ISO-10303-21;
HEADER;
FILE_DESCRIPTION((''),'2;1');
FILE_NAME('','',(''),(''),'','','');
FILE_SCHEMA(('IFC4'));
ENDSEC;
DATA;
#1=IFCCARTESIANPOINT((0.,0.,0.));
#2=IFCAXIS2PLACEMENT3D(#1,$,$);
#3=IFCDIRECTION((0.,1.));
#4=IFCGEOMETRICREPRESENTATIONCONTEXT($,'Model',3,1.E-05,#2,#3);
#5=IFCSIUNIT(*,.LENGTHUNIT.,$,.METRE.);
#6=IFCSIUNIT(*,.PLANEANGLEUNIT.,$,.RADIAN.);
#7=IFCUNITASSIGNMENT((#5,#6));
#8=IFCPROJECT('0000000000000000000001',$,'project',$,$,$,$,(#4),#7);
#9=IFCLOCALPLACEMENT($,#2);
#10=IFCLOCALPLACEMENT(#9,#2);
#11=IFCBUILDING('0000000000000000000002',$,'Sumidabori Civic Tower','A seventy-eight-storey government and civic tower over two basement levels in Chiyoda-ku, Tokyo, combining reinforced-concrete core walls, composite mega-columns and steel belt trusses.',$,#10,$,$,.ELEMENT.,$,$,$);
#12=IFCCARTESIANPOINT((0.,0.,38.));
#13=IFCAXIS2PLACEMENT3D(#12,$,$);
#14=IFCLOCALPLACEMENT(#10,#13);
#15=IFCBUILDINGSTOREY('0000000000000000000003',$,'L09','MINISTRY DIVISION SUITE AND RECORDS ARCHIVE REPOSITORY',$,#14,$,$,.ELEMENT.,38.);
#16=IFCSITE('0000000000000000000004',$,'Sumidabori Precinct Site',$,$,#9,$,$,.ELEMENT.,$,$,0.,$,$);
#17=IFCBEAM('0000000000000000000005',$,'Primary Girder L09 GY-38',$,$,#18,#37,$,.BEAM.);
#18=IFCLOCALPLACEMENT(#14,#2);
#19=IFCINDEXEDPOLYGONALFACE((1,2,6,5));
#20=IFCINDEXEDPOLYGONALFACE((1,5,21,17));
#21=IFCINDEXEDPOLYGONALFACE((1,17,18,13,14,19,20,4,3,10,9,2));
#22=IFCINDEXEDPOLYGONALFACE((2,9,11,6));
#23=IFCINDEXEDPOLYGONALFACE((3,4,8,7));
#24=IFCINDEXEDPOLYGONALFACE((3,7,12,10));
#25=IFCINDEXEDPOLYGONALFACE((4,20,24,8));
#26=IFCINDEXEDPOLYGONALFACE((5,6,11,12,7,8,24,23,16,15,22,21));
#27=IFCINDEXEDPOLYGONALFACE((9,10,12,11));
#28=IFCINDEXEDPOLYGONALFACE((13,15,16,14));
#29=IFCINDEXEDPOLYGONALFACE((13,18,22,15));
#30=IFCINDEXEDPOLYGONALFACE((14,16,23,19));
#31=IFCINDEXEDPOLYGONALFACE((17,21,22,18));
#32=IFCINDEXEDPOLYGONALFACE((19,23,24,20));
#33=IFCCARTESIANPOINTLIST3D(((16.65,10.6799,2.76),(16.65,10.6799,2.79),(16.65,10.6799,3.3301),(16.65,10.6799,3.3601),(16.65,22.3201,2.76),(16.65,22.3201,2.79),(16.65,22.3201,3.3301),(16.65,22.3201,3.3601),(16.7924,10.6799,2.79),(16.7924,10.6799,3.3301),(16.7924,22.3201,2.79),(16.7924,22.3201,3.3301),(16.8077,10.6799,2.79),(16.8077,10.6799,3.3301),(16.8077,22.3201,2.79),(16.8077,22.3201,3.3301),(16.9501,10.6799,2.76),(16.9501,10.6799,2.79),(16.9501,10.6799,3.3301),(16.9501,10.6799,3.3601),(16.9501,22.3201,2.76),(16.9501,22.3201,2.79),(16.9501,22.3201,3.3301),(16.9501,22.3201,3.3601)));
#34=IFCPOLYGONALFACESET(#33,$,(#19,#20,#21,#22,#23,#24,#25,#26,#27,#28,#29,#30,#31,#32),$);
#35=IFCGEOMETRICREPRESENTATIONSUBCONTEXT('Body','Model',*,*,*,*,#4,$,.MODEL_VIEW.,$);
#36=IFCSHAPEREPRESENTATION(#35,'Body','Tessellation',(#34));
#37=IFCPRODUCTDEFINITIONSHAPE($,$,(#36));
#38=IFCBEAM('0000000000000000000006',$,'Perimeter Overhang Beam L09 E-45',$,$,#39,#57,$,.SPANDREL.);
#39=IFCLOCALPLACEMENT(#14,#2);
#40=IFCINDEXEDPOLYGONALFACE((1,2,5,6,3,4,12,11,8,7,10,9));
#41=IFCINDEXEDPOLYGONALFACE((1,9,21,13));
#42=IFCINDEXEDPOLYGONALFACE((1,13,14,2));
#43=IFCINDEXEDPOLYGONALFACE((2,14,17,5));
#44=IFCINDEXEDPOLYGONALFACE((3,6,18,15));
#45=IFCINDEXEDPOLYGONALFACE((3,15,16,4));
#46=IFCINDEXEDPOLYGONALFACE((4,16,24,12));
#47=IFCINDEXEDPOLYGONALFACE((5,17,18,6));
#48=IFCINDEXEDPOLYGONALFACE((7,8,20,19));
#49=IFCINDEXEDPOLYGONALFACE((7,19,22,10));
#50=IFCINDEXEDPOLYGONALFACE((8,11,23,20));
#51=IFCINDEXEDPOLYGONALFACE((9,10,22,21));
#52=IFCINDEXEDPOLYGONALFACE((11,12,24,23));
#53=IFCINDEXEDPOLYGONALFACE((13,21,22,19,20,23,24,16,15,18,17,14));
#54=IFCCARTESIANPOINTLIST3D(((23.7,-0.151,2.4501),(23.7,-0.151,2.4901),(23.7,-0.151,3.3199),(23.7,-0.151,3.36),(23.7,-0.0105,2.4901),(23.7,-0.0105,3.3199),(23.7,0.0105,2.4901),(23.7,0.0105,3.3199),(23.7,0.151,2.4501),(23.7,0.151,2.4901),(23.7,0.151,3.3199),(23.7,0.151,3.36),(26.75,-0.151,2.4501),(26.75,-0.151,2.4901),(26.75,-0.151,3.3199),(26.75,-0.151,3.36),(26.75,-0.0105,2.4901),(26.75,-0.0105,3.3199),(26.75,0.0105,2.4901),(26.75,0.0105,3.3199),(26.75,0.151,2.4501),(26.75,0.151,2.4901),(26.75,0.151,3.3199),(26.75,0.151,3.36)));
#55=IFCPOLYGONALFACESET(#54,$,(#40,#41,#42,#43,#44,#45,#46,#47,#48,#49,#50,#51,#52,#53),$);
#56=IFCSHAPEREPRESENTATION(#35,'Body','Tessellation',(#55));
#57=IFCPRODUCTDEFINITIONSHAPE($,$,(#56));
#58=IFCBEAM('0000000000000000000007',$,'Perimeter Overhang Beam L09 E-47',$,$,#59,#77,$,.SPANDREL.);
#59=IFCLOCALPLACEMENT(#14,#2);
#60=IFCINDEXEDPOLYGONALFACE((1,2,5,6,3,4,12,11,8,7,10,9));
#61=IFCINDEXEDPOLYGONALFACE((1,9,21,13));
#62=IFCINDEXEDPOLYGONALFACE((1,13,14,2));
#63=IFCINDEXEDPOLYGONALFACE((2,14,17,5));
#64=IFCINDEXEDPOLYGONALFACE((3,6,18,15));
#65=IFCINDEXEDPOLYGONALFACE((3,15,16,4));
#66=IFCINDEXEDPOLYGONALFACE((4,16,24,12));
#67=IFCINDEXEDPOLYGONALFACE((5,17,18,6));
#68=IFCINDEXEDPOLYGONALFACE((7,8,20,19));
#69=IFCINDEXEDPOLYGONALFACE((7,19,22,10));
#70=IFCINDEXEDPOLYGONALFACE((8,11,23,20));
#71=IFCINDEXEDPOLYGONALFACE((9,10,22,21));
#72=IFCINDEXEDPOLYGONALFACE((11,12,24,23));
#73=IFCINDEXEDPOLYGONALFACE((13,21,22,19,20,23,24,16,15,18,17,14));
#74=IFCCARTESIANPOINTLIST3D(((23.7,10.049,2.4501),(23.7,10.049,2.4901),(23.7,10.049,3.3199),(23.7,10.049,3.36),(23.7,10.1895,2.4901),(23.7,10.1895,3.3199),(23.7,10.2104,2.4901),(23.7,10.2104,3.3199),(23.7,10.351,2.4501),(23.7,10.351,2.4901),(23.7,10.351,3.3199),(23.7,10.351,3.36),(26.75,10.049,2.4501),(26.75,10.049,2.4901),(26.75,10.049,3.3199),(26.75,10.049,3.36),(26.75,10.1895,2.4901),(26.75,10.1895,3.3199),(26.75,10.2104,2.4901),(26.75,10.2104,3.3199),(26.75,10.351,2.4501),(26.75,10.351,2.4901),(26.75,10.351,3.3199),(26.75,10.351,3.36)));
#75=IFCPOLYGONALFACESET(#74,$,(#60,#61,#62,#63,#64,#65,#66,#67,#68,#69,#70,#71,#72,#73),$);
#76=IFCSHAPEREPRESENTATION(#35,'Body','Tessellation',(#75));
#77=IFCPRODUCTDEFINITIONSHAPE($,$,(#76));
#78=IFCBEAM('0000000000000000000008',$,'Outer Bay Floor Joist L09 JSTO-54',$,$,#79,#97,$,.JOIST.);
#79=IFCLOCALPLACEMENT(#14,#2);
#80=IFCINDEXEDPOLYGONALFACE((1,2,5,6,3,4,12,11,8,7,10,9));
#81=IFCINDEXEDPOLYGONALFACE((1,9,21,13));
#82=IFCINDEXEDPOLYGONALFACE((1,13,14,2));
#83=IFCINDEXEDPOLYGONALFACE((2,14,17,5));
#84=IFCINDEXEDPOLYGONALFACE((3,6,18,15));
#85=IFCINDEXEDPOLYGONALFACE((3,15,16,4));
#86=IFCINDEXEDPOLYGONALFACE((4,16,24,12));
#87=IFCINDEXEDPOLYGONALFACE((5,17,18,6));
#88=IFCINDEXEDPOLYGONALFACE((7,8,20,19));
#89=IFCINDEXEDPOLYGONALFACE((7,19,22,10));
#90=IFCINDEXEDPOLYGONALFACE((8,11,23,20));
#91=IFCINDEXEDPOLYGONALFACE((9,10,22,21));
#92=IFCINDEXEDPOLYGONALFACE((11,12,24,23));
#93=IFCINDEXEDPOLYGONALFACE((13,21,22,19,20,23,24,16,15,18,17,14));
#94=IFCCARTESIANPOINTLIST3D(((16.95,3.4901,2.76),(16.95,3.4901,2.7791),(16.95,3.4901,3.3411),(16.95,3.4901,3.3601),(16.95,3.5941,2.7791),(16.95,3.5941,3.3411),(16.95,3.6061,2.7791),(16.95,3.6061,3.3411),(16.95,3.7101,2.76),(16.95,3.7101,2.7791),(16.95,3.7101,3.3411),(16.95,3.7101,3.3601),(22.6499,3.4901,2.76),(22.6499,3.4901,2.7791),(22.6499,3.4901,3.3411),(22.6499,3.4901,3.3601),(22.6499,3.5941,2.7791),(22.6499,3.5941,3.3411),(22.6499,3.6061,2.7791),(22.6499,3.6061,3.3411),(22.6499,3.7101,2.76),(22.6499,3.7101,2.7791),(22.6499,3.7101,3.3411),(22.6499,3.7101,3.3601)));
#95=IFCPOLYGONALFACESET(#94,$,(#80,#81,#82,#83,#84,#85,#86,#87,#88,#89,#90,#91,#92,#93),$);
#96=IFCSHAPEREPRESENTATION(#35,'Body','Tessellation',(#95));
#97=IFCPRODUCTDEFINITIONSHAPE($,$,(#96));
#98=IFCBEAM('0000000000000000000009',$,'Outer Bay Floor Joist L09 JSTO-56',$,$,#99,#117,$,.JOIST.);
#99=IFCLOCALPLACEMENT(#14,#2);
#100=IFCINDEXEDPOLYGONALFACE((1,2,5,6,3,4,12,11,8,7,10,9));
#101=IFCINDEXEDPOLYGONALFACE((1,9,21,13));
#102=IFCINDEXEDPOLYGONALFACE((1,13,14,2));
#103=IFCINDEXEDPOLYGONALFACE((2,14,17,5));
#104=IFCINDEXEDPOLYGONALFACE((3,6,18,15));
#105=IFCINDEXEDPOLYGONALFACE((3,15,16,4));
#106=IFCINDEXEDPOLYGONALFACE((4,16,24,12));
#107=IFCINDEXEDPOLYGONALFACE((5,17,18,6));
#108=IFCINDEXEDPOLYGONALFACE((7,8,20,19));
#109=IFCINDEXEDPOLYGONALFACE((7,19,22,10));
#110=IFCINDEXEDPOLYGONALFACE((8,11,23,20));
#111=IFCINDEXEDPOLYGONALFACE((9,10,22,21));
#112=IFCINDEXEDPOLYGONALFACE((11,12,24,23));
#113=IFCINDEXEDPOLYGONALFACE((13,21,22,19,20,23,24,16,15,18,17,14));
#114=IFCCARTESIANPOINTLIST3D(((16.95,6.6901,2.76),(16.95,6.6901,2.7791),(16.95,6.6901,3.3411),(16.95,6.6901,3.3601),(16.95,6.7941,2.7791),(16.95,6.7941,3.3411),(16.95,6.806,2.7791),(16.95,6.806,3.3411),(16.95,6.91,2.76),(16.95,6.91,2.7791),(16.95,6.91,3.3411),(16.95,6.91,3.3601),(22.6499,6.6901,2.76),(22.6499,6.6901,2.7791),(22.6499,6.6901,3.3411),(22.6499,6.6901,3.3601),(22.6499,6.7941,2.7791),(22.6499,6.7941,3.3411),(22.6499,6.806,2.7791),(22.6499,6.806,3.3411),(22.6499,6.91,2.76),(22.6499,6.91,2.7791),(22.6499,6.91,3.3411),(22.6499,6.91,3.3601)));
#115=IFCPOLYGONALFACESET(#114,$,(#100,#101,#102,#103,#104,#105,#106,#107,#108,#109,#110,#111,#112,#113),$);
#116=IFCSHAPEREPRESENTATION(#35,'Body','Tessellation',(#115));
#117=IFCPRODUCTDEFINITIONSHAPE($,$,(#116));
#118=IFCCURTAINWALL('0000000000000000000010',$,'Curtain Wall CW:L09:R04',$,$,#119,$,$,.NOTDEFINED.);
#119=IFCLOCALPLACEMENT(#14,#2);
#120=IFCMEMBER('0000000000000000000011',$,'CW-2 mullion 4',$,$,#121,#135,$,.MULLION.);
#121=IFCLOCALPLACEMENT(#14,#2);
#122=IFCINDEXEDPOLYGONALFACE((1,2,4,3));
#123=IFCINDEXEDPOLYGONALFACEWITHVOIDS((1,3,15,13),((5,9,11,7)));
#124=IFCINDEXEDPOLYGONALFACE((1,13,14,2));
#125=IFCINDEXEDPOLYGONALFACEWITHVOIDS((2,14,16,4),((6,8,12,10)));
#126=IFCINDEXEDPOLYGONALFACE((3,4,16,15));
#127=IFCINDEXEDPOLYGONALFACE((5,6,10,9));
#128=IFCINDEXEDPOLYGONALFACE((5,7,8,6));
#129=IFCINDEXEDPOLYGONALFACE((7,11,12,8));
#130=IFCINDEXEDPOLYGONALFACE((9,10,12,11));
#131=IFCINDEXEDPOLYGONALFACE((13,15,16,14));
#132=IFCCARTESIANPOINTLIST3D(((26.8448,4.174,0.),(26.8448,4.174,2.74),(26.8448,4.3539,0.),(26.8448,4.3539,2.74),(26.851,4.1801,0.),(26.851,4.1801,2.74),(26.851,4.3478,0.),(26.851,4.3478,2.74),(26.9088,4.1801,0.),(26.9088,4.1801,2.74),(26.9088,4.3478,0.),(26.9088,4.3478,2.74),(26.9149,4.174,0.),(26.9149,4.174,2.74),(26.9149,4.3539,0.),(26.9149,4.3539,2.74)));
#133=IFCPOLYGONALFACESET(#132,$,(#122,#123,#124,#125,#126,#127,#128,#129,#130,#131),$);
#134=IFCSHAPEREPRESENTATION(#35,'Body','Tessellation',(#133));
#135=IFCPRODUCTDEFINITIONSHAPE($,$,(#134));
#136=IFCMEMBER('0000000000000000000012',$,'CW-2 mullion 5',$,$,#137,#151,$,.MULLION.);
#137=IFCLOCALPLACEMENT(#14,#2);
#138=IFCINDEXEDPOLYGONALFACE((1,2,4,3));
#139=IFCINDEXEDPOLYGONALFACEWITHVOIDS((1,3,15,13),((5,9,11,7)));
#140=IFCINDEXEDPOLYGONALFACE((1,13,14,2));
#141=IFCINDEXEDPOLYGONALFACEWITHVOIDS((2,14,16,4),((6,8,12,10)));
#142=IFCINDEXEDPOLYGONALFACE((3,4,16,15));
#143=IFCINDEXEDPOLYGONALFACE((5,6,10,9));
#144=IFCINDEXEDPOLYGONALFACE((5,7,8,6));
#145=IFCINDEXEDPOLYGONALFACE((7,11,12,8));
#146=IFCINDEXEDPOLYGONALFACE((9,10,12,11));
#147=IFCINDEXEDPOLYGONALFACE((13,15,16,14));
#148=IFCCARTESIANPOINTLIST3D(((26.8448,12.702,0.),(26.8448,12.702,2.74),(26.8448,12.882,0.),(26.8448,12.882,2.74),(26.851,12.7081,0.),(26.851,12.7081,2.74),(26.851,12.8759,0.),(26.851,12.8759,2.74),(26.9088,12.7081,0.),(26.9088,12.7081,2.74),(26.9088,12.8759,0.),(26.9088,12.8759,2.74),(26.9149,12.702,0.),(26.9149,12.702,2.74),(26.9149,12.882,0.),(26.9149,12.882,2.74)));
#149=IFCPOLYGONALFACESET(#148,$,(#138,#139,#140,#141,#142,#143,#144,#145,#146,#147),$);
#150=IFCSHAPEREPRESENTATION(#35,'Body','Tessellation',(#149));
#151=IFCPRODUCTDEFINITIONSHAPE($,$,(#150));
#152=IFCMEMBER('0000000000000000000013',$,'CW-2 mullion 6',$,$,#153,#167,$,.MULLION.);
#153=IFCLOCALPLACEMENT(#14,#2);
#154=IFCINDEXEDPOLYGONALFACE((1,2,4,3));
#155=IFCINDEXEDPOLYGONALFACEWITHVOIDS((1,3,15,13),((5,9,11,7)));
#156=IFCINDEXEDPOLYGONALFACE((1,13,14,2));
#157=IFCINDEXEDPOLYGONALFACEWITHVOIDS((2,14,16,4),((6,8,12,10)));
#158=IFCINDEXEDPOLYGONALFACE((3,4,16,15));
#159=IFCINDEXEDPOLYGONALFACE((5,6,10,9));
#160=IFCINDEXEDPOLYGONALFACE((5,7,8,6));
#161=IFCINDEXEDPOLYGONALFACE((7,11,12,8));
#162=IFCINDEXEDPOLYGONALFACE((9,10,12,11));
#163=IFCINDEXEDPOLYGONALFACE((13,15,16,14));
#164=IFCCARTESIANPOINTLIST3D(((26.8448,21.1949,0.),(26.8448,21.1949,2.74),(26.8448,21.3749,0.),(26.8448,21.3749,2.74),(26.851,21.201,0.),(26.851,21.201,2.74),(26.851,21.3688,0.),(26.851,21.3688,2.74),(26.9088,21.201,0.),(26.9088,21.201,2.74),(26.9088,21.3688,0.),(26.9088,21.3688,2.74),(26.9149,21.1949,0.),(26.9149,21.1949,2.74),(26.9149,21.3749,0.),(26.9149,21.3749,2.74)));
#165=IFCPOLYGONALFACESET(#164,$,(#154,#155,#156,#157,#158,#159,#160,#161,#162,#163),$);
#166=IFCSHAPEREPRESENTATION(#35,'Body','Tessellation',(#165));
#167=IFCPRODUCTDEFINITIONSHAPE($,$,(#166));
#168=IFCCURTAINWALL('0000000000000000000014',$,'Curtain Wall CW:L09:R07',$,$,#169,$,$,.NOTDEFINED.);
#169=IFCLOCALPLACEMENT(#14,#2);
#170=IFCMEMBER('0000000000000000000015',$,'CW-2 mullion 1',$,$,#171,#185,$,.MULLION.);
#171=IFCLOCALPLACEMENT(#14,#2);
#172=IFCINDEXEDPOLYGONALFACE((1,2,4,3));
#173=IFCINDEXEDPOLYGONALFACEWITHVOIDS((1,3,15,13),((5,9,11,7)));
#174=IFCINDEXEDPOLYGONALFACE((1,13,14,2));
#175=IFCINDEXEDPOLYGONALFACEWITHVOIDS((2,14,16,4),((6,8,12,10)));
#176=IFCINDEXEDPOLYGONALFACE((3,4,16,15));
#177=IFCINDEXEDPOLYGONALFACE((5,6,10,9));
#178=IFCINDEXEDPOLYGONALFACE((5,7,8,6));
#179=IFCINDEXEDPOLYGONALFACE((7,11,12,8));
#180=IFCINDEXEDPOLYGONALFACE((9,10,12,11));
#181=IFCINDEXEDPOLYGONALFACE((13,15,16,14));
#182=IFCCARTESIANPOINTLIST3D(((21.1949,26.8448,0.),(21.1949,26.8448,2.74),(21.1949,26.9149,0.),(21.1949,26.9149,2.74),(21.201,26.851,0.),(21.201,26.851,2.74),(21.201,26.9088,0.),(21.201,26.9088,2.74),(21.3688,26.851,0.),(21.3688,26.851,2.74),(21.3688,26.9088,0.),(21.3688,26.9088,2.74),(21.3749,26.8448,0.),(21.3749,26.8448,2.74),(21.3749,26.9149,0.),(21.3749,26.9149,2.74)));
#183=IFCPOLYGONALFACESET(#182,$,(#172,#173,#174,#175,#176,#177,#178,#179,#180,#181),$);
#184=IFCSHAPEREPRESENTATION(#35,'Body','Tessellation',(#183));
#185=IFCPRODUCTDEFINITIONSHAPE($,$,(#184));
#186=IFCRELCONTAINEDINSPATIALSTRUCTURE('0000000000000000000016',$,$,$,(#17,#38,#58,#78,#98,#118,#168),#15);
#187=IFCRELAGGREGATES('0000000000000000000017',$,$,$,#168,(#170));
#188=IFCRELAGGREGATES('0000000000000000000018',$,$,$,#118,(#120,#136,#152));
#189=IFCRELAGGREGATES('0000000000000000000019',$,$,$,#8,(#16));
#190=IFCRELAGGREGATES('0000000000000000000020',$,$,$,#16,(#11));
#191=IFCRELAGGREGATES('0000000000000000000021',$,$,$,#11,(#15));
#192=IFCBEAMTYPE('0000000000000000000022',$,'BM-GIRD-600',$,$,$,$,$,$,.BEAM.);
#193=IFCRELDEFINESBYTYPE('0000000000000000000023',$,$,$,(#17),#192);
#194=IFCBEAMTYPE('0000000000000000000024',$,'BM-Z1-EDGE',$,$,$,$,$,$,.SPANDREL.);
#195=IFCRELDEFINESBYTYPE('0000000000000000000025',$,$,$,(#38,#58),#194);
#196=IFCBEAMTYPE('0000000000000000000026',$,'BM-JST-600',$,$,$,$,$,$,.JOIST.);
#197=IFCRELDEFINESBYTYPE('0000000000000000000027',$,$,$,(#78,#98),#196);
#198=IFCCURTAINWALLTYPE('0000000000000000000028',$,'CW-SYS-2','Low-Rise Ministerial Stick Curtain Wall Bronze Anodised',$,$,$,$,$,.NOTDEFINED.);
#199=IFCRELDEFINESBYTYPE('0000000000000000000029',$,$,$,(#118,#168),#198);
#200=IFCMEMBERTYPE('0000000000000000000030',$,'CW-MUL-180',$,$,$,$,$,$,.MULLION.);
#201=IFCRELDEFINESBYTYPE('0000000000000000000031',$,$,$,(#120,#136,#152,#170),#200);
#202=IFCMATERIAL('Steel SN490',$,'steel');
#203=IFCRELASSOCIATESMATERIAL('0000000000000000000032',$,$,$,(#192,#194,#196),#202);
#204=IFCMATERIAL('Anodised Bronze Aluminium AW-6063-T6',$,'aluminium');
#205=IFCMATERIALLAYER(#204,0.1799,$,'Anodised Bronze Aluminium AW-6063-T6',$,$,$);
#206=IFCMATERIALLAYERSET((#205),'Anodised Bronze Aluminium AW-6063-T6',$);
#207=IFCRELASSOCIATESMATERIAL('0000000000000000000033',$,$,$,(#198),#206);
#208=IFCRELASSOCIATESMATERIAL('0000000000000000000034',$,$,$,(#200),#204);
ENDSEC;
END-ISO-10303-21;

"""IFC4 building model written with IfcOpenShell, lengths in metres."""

from ifc_helpers import new_model, si_unit, direction, frame, origin, origin_2d, place, context, subcontext, project, spatial, hollow_rectangle, i_section, extrude, source, transform, mapped, material, layer, layer_set, material_profile, profile_set, type_object, element, aggregate, save


model = new_model("IFC4")

# Units and contexts
model_context = context("Model", 3, precision=1e-05, world=origin(), true_north=direction((0.0, 1.0)))
body_context = subcontext(model_context, "Body", "Model", "MODEL_VIEW")
ifc_project = project(units=[si_unit("LENGTHUNIT", "METRE"), si_unit("PLANEANGLEUNIT", "RADIAN")], contexts=[model_context])

# Site, building, storey
site_placement = place(None, origin())
site = spatial("IfcSite", under=ifc_project, at=site_placement, Name="Sumidabori Precinct Site", CompositionType="ELEMENT", RefElevation=0.0)
building_placement = place(site_placement, origin())
building = spatial("IfcBuilding", under=site, at=building_placement, Name="Sumidabori Civic Tower", Description="A seventy-eight-storey government and civic tower over two basement levels in Chiyoda-ku, Tokyo, combining reinforced-concrete core walls, composite mega-columns and steel belt trusses.", CompositionType="ELEMENT")
storey_placement = place(building_placement, frame((0.0, 0.0, 38.0)))
storey = spatial("IfcBuildingStorey", under=building, at=storey_placement, Name="L09", Description="MINISTRY DIVISION SUITE AND RECORDS ARCHIVE REPOSITORY", CompositionType="ELEMENT", Elevation=38.0)

# Beams
ifc_material_1 = material(Name="Steel SN490", Category="steel")
ifc_material_profile_1 = material_profile(ifc_material_1, i_section(OverallWidth=0.3, OverallDepth=0.6001, WebThickness=0.0154, FlangeThickness=0.03, at=origin_2d()), Name="HE 600 B")
ifc_profile_set_1 = profile_set([ifc_material_profile_1], Name="Steel SN490")
beam_type_1 = type_object("IfcBeamType", Name="BM-GIRD-600", PredefinedType="BEAM", material=ifc_profile_set_1)
shared_shape_1 = source(origin(), body_context, "Body", "SweptSolid", [
    extrude(i_section(OverallWidth=0.3, OverallDepth=0.6001, WebThickness=0.0154, FlangeThickness=0.03, at=origin_2d()), origin(), (0.0, 0.0, 1.0), 11.6401),
])
beam_1_placement = place(storey_placement, frame((16.8, 10.6799, 3.0601), z_axis=(0.0, 1.0, 0.0), x_axis=(-1.0, 0.0, 0.0)))
element("IfcBeam", 1, at=beam_1_placement, inside=storey, type_object=beam_type_1, Name="Primary Girder L09 GY-38", PredefinedType="BEAM", context=body_context, shape_type="MappedRepresentation", body=[
    mapped(shared_shape_1, transform((0.0, 0.0, 0.0), x_axis=(1.0, 0.0, 0.0), y_axis=(0.0, 1.0, 0.0), z_axis=(0.0, 0.0, 1.0), scale=1.0)),
])
ifc_material_profile_2 = material_profile(ifc_material_1, i_section(OverallWidth=0.302, OverallDepth=0.9099, WebThickness=0.021, FlangeThickness=0.04, at=origin_2d()), Name="HE 900 M")
ifc_profile_set_2 = profile_set([ifc_material_profile_2], Name="Steel SN490")
beam_type_2 = type_object("IfcBeamType", Name="BM-Z1-EDGE", PredefinedType="SPANDREL", material=ifc_profile_set_2)
shared_shape_2 = source(origin(), body_context, "Body", "SweptSolid", [
    extrude(i_section(OverallWidth=0.302, OverallDepth=0.9099, WebThickness=0.021, FlangeThickness=0.04, at=origin_2d()), origin(), (0.0, 0.0, 1.0), 3.05),
])
for number, where, z_axis, x_axis, name in (
    (2, (23.7, 0.0, 2.905), (1.0, 0.0, 0.0), (0.0, 1.0, 0.0), "Perimeter Overhang Beam L09 E-45"),
    (3, (23.7, 10.2, 2.905), (1.0, 0.0, 0.0), (0.0, 1.0, 0.0), "Perimeter Overhang Beam L09 E-47"),
):
    element("IfcBeam", number, at=place(storey_placement, frame(where, z_axis=z_axis, x_axis=x_axis)), inside=storey, type_object=beam_type_2, Name=name, PredefinedType="SPANDREL", context=body_context, shape_type="MappedRepresentation", body=[
        mapped(shared_shape_2, transform((0.0, 0.0, 0.0), x_axis=(1.0, 0.0, 0.0), y_axis=(0.0, 1.0, 0.0), z_axis=(0.0, 0.0, 1.0), scale=1.0)),
    ])
ifc_material_profile_3 = material_profile(ifc_material_1, i_section(OverallWidth=0.22, OverallDepth=0.6001, WebThickness=0.012, FlangeThickness=0.019, at=origin_2d()), Name="IPE 600")
ifc_profile_set_3 = profile_set([ifc_material_profile_3], Name="Steel SN490")
beam_type_3 = type_object("IfcBeamType", Name="BM-JST-600", PredefinedType="JOIST", material=ifc_profile_set_3)
shared_shape_3 = source(origin(), body_context, "Body", "SweptSolid", [
    extrude(i_section(OverallWidth=0.22, OverallDepth=0.6001, WebThickness=0.012, FlangeThickness=0.019, at=origin_2d()), origin(), (0.0, 0.0, 1.0), 5.7),
])
for number, where, z_axis, x_axis, name in (
    (4, (16.95, 3.6001, 3.0601), (1.0, 0.0, 0.0), (0.0, 1.0, 0.0), "Outer Bay Floor Joist L09 JSTO-54"),
    (5, (16.95, 6.8, 3.0601), (1.0, 0.0, 0.0), (0.0, 1.0, 0.0), "Outer Bay Floor Joist L09 JSTO-56"),
):
    element("IfcBeam", number, at=place(storey_placement, frame(where, z_axis=z_axis, x_axis=x_axis)), inside=storey, type_object=beam_type_3, Name=name, PredefinedType="JOIST", context=body_context, shape_type="MappedRepresentation", body=[
        mapped(shared_shape_3, transform((0.0, 0.0, 0.0), x_axis=(1.0, 0.0, 0.0), y_axis=(0.0, 1.0, 0.0), z_axis=(0.0, 0.0, 1.0), scale=1.0)),
    ])

# Curtain wall, members
ifc_material_2 = material(Name="Anodised Bronze Aluminium AW-6063-T6", Category="aluminium")
ifc_layer_1 = layer(ifc_material_2, 0.1799, Name="Anodised Bronze Aluminium AW-6063-T6")
ifc_layer_set_1 = layer_set([ifc_layer_1], Name="Anodised Bronze Aluminium AW-6063-T6")
curtain_wall_type = type_object("IfcCurtainWallType", Name="CW-SYS-2", Description="Low-Rise Ministerial Stick Curtain Wall Bronze Anodised", PredefinedType="NOTDEFINED", material=ifc_layer_set_1)
curtain_wall_1_placement = place(storey_placement, origin())
curtain_wall_1 = element("IfcCurtainWall", 6, at=curtain_wall_1_placement, inside=storey, type_object=curtain_wall_type, Name="Curtain Wall CW:L09:R04", PredefinedType="NOTDEFINED")
ifc_material_profile_4 = material_profile(ifc_material_2, hollow_rectangle(XDim=0.0701, YDim=0.1799, WallThickness=0.0061, at=origin_2d()), Name="ALU MULLION 180x70")
ifc_profile_set_4 = profile_set([ifc_material_profile_4], Name="Anodised Bronze Aluminium AW-6063-T6")
member_type_1 = type_object("IfcMemberType", Name="CW-MUL-180", PredefinedType="MULLION", material=ifc_profile_set_4)
shared_shape_4 = source(origin(), body_context, "Body", "SweptSolid", [
    extrude(hollow_rectangle(XDim=0.0701, YDim=0.1799, WallThickness=0.0061, at=origin_2d()), origin(), (0.0, 0.0, 1.0), 2.74),
])
member_1_placement = place(storey_placement, frame((26.8799, 4.2639, 0.0), z_axis=(0.0, 0.0, 1.0), x_axis=(-1.0, 0.0, 0.0)))
member_1 = element("IfcMember", 7, at=member_1_placement, type_object=member_type_1, Name="CW-2 mullion 4", PredefinedType="MULLION", context=body_context, shape_type="MappedRepresentation", body=[
    mapped(shared_shape_4, transform((0.0, 0.0, 0.0), x_axis=(1.0, 0.0, 0.0), y_axis=(0.0, 1.0, 0.0), z_axis=(0.0, 0.0, 1.0), scale=1.0)),
])
member_2_placement = place(storey_placement, frame((26.8799, 12.792, 0.0), z_axis=(0.0, 0.0, 1.0), x_axis=(-1.0, 0.0, 0.0)))
member_2 = element("IfcMember", 8, at=member_2_placement, type_object=member_type_1, Name="CW-2 mullion 5", PredefinedType="MULLION", context=body_context, shape_type="MappedRepresentation", body=[
    mapped(shared_shape_4, transform((0.0, 0.0, 0.0), x_axis=(1.0, 0.0, 0.0), y_axis=(0.0, 1.0, 0.0), z_axis=(0.0, 0.0, 1.0), scale=1.0)),
])
member_3_placement = place(storey_placement, frame((26.8799, 21.2849, 0.0), z_axis=(0.0, 0.0, 1.0), x_axis=(-1.0, 0.0, 0.0)))
member_3 = element("IfcMember", 9, at=member_3_placement, type_object=member_type_1, Name="CW-2 mullion 6", PredefinedType="MULLION", context=body_context, shape_type="MappedRepresentation", body=[
    mapped(shared_shape_4, transform((0.0, 0.0, 0.0), x_axis=(1.0, 0.0, 0.0), y_axis=(0.0, 1.0, 0.0), z_axis=(0.0, 0.0, 1.0), scale=1.0)),
])

# Curtain wall, member
curtain_wall_2_placement = place(storey_placement, origin())
curtain_wall_2 = element("IfcCurtainWall", 10, at=curtain_wall_2_placement, inside=storey, type_object=curtain_wall_type, Name="Curtain Wall CW:L09:R07", PredefinedType="NOTDEFINED")
member_4_placement = place(storey_placement, frame((21.2849, 26.8799, 0.0), z_axis=(0.0, 0.0, 1.0), x_axis=(0.0, -1.0, 0.0)))
member_4 = element("IfcMember", 11, at=member_4_placement, type_object=member_type_1, Name="CW-2 mullion 1", PredefinedType="MULLION", context=body_context, shape_type="MappedRepresentation", body=[
    mapped(shared_shape_4, transform((0.0, 0.0, 0.0), x_axis=(1.0, 0.0, 0.0), y_axis=(0.0, 1.0, 0.0), z_axis=(0.0, 0.0, 1.0), scale=1.0)),
])

aggregate(curtain_wall_2, [member_4])
aggregate(curtain_wall_1, [member_1, member_2, member_3])

save(model, "model.ifc")
